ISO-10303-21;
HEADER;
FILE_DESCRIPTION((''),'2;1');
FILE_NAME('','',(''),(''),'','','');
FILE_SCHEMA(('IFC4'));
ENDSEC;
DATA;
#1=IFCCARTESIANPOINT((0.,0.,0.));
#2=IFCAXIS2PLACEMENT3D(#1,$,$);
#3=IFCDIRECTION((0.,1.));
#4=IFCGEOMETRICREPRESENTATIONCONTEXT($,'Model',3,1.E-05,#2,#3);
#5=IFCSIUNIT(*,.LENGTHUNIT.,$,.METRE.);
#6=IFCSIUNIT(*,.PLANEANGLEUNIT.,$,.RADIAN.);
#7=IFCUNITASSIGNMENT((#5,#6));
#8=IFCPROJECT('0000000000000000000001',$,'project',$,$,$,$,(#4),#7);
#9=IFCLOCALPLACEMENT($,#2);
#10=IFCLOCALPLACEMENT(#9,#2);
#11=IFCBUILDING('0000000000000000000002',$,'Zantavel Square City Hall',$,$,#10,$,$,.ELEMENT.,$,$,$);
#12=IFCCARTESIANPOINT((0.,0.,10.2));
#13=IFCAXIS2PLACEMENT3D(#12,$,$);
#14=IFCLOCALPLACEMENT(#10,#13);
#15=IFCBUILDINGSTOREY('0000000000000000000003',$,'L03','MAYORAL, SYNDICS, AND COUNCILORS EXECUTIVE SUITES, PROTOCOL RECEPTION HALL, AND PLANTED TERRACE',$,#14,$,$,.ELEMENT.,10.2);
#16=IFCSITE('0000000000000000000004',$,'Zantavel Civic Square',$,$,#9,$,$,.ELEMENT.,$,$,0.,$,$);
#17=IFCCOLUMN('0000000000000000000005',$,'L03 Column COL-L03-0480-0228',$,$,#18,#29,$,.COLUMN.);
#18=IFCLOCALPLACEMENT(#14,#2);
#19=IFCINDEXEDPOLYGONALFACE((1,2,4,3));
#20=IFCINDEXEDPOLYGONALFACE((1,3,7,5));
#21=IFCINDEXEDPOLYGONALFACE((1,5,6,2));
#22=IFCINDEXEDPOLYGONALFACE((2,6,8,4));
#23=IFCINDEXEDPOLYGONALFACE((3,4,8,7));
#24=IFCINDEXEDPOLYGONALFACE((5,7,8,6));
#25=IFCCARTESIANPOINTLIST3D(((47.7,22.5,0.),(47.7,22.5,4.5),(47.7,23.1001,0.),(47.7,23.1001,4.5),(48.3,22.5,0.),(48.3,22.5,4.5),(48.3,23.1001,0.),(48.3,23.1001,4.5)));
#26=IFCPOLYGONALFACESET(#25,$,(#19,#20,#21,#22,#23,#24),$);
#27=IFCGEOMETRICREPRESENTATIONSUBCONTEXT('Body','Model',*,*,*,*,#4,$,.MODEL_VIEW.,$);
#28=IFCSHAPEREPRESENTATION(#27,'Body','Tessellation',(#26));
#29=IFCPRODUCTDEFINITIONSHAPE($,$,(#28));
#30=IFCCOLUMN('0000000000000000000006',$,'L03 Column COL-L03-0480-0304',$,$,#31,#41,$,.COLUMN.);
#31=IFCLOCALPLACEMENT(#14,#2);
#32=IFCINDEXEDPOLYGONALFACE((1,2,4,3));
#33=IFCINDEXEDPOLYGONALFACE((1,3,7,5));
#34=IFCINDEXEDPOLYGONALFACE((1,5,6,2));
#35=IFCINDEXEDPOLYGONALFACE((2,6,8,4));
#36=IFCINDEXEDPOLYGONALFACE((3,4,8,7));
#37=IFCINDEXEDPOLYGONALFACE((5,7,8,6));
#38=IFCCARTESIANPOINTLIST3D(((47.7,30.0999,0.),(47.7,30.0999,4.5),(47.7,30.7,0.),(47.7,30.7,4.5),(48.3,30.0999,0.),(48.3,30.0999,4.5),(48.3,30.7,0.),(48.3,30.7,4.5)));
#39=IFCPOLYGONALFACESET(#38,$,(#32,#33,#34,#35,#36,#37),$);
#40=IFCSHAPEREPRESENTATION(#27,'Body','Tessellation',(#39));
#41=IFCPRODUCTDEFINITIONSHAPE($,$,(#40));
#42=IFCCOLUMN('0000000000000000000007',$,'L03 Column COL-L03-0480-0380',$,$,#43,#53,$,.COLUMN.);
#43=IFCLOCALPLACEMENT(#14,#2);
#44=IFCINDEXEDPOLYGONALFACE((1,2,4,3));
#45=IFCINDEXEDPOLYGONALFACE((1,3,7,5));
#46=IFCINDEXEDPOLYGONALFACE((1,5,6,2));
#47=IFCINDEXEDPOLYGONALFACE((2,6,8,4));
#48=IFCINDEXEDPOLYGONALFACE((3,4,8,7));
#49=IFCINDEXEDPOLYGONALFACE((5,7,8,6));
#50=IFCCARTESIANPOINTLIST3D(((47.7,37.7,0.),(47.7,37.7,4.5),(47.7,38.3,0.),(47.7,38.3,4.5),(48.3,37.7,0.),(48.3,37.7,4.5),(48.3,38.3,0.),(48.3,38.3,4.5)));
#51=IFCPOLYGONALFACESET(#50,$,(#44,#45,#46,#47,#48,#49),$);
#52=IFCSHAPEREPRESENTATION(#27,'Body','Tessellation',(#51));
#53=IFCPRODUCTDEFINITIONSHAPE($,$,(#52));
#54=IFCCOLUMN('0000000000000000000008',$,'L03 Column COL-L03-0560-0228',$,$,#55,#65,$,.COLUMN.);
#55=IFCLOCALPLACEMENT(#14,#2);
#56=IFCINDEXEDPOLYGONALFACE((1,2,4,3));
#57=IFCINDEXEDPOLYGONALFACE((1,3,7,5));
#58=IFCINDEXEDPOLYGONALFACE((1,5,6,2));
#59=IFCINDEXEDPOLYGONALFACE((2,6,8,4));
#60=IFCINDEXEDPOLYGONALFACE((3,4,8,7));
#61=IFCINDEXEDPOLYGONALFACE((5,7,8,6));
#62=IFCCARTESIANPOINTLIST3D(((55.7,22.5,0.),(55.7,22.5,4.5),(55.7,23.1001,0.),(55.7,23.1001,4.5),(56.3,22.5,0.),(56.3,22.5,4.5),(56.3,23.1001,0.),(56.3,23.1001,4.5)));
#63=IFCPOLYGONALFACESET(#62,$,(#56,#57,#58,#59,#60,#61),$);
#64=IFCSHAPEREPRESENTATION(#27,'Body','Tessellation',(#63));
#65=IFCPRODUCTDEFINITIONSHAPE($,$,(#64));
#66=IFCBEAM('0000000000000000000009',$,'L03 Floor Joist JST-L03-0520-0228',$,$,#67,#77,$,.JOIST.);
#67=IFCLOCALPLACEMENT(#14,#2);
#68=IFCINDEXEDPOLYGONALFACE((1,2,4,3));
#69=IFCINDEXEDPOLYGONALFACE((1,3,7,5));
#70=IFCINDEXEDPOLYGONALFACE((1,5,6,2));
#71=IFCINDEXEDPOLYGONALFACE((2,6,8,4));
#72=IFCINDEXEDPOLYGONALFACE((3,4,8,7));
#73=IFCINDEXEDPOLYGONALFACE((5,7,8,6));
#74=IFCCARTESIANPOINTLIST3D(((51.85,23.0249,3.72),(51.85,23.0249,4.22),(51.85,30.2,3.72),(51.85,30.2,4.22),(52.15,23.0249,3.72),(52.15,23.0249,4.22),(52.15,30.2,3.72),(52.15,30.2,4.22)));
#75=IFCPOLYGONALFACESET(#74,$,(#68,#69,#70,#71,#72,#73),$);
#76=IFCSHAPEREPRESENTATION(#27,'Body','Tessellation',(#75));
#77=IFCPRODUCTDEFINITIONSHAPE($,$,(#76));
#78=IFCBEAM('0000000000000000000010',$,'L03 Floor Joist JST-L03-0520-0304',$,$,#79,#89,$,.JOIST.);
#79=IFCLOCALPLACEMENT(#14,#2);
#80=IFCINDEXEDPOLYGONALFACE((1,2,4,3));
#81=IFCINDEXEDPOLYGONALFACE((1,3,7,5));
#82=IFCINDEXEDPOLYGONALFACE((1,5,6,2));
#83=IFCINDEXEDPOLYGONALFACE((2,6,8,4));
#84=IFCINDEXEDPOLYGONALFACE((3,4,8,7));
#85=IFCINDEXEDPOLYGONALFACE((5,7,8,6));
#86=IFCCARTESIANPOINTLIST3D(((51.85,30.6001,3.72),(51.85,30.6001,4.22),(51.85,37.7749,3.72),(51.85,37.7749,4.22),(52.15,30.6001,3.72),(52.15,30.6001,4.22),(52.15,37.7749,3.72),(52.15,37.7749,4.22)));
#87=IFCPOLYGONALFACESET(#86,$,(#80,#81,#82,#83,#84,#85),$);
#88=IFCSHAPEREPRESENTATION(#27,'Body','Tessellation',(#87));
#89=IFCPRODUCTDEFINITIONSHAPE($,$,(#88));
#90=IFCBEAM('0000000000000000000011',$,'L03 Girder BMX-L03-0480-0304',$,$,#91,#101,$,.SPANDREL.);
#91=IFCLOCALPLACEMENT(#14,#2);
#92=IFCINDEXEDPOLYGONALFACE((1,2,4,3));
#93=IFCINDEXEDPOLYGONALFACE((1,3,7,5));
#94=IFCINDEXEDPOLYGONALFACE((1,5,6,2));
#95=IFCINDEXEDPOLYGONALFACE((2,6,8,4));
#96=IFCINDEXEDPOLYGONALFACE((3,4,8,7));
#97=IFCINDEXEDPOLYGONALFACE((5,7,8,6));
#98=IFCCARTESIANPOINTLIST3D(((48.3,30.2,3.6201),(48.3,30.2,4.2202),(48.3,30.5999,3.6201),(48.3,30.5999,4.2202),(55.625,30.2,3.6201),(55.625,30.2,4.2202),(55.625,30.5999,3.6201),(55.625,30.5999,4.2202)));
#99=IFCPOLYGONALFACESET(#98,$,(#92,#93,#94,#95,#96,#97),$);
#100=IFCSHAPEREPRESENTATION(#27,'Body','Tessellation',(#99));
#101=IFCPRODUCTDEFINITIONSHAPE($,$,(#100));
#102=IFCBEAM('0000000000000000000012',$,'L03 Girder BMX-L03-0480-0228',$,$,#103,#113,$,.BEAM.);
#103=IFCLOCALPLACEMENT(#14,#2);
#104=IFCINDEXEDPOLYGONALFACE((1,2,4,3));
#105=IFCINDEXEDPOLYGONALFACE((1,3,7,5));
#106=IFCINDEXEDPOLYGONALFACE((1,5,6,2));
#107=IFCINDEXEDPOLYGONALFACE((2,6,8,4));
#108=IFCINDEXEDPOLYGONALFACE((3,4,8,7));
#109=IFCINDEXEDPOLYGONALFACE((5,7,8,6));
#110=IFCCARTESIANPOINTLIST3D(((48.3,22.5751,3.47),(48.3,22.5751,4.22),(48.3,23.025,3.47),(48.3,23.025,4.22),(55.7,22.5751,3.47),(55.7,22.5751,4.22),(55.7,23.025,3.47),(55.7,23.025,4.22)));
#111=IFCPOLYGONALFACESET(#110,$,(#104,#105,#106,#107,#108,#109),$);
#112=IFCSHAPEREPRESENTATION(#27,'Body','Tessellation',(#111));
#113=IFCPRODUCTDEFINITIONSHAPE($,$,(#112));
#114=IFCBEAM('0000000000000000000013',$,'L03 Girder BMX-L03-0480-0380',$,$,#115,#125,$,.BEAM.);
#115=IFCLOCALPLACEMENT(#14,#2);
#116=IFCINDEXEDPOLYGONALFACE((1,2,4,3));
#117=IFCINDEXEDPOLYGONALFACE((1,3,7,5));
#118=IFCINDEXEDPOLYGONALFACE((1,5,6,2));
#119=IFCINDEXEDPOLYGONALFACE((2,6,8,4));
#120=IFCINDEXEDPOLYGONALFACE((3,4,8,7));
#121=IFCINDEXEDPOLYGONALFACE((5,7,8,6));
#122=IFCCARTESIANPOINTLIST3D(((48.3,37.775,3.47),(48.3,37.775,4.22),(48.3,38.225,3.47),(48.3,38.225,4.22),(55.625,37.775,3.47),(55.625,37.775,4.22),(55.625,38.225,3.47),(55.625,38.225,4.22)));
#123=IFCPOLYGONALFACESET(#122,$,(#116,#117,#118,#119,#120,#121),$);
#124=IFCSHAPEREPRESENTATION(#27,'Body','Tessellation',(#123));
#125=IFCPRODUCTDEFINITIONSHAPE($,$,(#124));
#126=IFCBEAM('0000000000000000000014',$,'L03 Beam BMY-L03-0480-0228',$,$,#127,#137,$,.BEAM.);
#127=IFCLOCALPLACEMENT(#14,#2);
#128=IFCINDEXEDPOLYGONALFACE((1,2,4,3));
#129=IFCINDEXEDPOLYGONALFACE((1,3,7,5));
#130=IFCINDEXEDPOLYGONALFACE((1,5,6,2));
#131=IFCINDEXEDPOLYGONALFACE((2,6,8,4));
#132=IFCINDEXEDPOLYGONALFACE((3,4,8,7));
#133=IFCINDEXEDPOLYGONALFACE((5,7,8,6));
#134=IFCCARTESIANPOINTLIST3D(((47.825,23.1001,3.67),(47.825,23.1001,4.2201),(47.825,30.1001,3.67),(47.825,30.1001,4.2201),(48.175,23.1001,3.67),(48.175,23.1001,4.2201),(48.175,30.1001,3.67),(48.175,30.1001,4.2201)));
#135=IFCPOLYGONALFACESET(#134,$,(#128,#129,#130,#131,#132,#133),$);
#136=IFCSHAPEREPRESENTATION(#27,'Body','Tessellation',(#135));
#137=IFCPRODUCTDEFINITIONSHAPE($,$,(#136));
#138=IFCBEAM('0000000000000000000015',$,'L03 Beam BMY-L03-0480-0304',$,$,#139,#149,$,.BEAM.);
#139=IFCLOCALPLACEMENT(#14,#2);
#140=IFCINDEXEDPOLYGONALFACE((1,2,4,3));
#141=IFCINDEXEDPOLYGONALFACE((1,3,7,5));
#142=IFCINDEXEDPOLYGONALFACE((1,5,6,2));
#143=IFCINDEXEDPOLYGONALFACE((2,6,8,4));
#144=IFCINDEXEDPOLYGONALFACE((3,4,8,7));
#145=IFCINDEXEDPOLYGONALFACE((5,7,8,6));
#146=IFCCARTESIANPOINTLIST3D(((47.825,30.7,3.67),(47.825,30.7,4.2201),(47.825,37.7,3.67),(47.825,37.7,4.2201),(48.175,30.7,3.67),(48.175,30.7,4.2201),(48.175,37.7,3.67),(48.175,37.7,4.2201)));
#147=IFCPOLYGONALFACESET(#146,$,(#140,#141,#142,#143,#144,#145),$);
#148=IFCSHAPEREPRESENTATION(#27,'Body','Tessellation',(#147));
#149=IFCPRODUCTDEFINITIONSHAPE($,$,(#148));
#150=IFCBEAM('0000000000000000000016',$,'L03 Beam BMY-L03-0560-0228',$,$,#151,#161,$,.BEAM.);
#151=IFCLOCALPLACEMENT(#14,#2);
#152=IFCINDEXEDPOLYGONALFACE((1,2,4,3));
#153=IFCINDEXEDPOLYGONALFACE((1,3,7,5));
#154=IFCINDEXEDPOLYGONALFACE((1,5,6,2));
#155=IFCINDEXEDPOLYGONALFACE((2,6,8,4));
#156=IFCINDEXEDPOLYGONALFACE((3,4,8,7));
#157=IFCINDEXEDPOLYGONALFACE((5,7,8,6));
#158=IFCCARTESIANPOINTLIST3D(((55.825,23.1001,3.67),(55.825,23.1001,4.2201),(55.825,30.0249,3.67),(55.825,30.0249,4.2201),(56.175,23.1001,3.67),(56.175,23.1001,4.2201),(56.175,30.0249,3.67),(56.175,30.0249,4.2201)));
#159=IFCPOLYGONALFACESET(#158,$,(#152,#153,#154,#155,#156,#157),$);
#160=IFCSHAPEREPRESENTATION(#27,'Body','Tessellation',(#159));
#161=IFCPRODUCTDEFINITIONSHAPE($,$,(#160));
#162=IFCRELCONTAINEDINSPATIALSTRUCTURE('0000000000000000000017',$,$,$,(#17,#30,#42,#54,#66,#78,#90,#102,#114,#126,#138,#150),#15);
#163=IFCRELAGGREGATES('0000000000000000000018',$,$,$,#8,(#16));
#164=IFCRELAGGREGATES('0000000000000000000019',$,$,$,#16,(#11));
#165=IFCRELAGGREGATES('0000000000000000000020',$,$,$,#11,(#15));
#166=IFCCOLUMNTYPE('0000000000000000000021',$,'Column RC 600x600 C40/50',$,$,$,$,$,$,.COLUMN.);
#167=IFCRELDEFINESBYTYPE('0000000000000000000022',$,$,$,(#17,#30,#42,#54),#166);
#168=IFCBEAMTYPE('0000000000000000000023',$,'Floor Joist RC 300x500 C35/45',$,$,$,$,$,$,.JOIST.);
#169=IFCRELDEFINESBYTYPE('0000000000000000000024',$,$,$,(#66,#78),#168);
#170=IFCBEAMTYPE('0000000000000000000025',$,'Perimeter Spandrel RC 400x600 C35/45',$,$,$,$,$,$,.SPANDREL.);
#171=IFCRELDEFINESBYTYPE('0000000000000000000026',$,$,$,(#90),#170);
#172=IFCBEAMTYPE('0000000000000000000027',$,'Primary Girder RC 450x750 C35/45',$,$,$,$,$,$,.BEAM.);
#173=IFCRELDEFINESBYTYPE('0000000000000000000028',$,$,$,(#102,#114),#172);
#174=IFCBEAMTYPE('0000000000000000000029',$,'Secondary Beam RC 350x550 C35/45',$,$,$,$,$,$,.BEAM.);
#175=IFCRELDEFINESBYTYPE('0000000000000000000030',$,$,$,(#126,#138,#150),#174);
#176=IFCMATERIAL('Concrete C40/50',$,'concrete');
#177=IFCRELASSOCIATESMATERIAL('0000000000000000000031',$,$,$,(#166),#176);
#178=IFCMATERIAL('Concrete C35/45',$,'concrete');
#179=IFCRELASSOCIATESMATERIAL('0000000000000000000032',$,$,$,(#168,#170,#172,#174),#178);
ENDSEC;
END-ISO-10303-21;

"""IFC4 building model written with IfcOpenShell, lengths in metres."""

from ifc_helpers import new_model, si_unit, direction, frame, origin, origin_2d, place, context, subcontext, project, spatial, rectangle, extrude, material, material_profile, profile_set, type_object, element, save


model = new_model("IFC4")

# Units and contexts
model_context = context("Model", 3, precision=1e-05, world=origin(), true_north=direction((0.0, 1.0)))
body_context = subcontext(model_context, "Body", "Model", "MODEL_VIEW")
ifc_project = project(units=[si_unit("LENGTHUNIT", "METRE"), si_unit("PLANEANGLEUNIT", "RADIAN")], contexts=[model_context])

# Site, building, storey
site_placement = place(None, origin())
site = spatial("IfcSite", under=ifc_project, at=site_placement, Name="Zantavel Civic Square", CompositionType="ELEMENT", RefElevation=0.0)
building_placement = place(site_placement, origin())
building = spatial("IfcBuilding", under=site, at=building_placement, Name="Zantavel Square City Hall", CompositionType="ELEMENT")
storey_placement = place(building_placement, frame((0.0, 0.0, 10.2)))
storey = spatial("IfcBuildingStorey", under=building, at=storey_placement, Name="L03", Description="MAYORAL, SYNDICS, AND COUNCILORS EXECUTIVE SUITES, PROTOCOL RECEPTION HALL, AND PLANTED TERRACE", CompositionType="ELEMENT", Elevation=10.2)

# Columns
ifc_material_1 = material(Name="Concrete C40/50", Category="concrete")
ifc_material_profile_1 = material_profile(ifc_material_1, rectangle(XDim=0.6001, YDim=0.6001, at=origin_2d()), Name="RC 600x600")
ifc_profile_set_1 = profile_set([ifc_material_profile_1], Name="Concrete C40/50")
column_type = type_object("IfcColumnType", Name="Column RC 600x600 C40/50", PredefinedType="COLUMN", material=ifc_profile_set_1)
for number, where, z_axis, x_axis, name in (
    (1, (48.0, 22.8, 0.0), (0.0, 0.0, 1.0), (1.0, 0.0, 0.0), "L03 Column COL-L03-0480-0228"),
    (2, (48.0, 30.3999, 0.0), (0.0, 0.0, 1.0), (1.0, 0.0, 0.0), "L03 Column COL-L03-0480-0304"),
    (3, (48.0, 38.0, 0.0), (0.0, 0.0, 1.0), (1.0, 0.0, 0.0), "L03 Column COL-L03-0480-0380"),
    (4, (56.0, 22.8, 0.0), (0.0, 0.0, 1.0), (1.0, 0.0, 0.0), "L03 Column COL-L03-0560-0228"),
):
    element("IfcColumn", number, at=place(storey_placement, frame(where, z_axis=z_axis, x_axis=x_axis)), inside=storey, type_object=column_type, Name=name, PredefinedType="COLUMN", context=body_context, shape_type="SweptSolid", body=[
        extrude(rectangle(XDim=0.6001, YDim=0.6001, at=origin_2d()), origin(), (0.0, 0.0, 1.0), 4.5),
    ])

# Beams
ifc_material_2 = material(Name="Concrete C35/45", Category="concrete")
ifc_material_profile_2 = material_profile(ifc_material_2, rectangle(XDim=0.3, YDim=0.5, at=origin_2d()), Name="RC 300x500")
ifc_profile_set_2 = profile_set([ifc_material_profile_2], Name="Concrete C35/45")
beam_type_1 = type_object("IfcBeamType", Name="Floor Joist RC 300x500 C35/45", PredefinedType="JOIST", material=ifc_profile_set_2)
beam_1_placement = place(storey_placement, frame((52.0, 23.0249, 3.97), z_axis=(0.0, 1.0, 0.0), x_axis=(-1.0, 0.0, 0.0)))
element("IfcBeam", 5, at=beam_1_placement, inside=storey, type_object=beam_type_1, Name="L03 Floor Joist JST-L03-0520-0228", PredefinedType="JOIST", context=body_context, shape_type="SweptSolid", body=[
    extrude(rectangle(XDim=0.3, YDim=0.5, at=origin_2d()), origin(), (0.0, 0.0, 1.0), 7.175),
])
beam_2_placement = place(storey_placement, frame((52.0, 30.6001, 3.97), z_axis=(0.0, 1.0, 0.0), x_axis=(-1.0, 0.0, 0.0)))
element("IfcBeam", 6, at=beam_2_placement, inside=storey, type_object=beam_type_1, Name="L03 Floor Joist JST-L03-0520-0304", PredefinedType="JOIST", context=body_context, shape_type="SweptSolid", body=[
    extrude(rectangle(XDim=0.3, YDim=0.5, at=origin_2d()), origin(), (0.0, 0.0, 1.0), 7.1748),
])
ifc_material_profile_3 = material_profile(ifc_material_2, rectangle(XDim=0.3999, YDim=0.6001, at=origin_2d()), Name="RC 400x600")
ifc_profile_set_3 = profile_set([ifc_material_profile_3], Name="Concrete C35/45")
beam_type_2 = type_object("IfcBeamType", Name="Perimeter Spandrel RC 400x600 C35/45", PredefinedType="SPANDREL", material=ifc_profile_set_3)
beam_3_placement = place(storey_placement, frame((48.3, 30.3999, 3.9202), z_axis=(1.0, 0.0, 0.0), x_axis=(0.0, 1.0, 0.0)))
element("IfcBeam", 7, at=beam_3_placement, inside=storey, type_object=beam_type_2, Name="L03 Girder BMX-L03-0480-0304", PredefinedType="SPANDREL", context=body_context, shape_type="SweptSolid", body=[
    extrude(rectangle(XDim=0.3999, YDim=0.6001, at=origin_2d()), origin(), (0.0, 0.0, 1.0), 7.325),
])
ifc_material_profile_4 = material_profile(ifc_material_2, rectangle(XDim=0.45, YDim=0.75, at=origin_2d()), Name="RC 450x750")
ifc_profile_set_4 = profile_set([ifc_material_profile_4], Name="Concrete C35/45")
beam_type_3 = type_object("IfcBeamType", Name="Primary Girder RC 450x750 C35/45", PredefinedType="BEAM", material=ifc_profile_set_4)
beam_4_placement = place(storey_placement, frame((48.3, 22.8, 3.845), z_axis=(1.0, 0.0, 0.0), x_axis=(0.0, 1.0, 0.0)))
element("IfcBeam", 8, at=beam_4_placement, inside=storey, type_object=beam_type_3, Name="L03 Girder BMX-L03-0480-0228", PredefinedType="BEAM", context=body_context, shape_type="SweptSolid", body=[
    extrude(rectangle(XDim=0.45, YDim=0.75, at=origin_2d()), origin(), (0.0, 0.0, 1.0), 7.3999),
])
beam_5_placement = place(storey_placement, frame((48.3, 38.0, 3.845), z_axis=(1.0, 0.0, 0.0), x_axis=(0.0, 1.0, 0.0)))
element("IfcBeam", 9, at=beam_5_placement, inside=storey, type_object=beam_type_3, Name="L03 Girder BMX-L03-0480-0380", PredefinedType="BEAM", context=body_context, shape_type="SweptSolid", body=[
    extrude(rectangle(XDim=0.45, YDim=0.75, at=origin_2d()), origin(), (0.0, 0.0, 1.0), 7.325),
])
ifc_material_profile_5 = material_profile(ifc_material_2, rectangle(XDim=0.3501, YDim=0.55, at=origin_2d()), Name="RC 350x550")
ifc_profile_set_5 = profile_set([ifc_material_profile_5], Name="Concrete C35/45")
beam_type_4 = type_object("IfcBeamType", Name="Secondary Beam RC 350x550 C35/45", PredefinedType="BEAM", material=ifc_profile_set_5)
for number, where, z_axis, x_axis, name in (
    (10, (48.0, 23.1001, 3.9451), (0.0, 1.0, 0.0), (-1.0, 0.0, 0.0), "L03 Beam BMY-L03-0480-0228"),
    (11, (48.0, 30.7, 3.9451), (0.0, 1.0, 0.0), (-1.0, 0.0, 0.0), "L03 Beam BMY-L03-0480-0304"),
):
    element("IfcBeam", number, at=place(storey_placement, frame(where, z_axis=z_axis, x_axis=x_axis)), inside=storey, type_object=beam_type_4, Name=name, PredefinedType="BEAM", context=body_context, shape_type="SweptSolid", body=[
        extrude(rectangle(XDim=0.3501, YDim=0.55, at=origin_2d()), origin(), (0.0, 0.0, 1.0), 7.0),
    ])
beam_6_placement = place(storey_placement, frame((56.0, 23.1001, 3.9451), z_axis=(0.0, 1.0, 0.0), x_axis=(-1.0, 0.0, 0.0)))
element("IfcBeam", 12, at=beam_6_placement, inside=storey, type_object=beam_type_4, Name="L03 Beam BMY-L03-0560-0228", PredefinedType="BEAM", context=body_context, shape_type="SweptSolid", body=[
    extrude(rectangle(XDim=0.3501, YDim=0.55, at=origin_2d()), origin(), (0.0, 0.0, 1.0), 6.9248),
])

save(model, "model.ifc")
